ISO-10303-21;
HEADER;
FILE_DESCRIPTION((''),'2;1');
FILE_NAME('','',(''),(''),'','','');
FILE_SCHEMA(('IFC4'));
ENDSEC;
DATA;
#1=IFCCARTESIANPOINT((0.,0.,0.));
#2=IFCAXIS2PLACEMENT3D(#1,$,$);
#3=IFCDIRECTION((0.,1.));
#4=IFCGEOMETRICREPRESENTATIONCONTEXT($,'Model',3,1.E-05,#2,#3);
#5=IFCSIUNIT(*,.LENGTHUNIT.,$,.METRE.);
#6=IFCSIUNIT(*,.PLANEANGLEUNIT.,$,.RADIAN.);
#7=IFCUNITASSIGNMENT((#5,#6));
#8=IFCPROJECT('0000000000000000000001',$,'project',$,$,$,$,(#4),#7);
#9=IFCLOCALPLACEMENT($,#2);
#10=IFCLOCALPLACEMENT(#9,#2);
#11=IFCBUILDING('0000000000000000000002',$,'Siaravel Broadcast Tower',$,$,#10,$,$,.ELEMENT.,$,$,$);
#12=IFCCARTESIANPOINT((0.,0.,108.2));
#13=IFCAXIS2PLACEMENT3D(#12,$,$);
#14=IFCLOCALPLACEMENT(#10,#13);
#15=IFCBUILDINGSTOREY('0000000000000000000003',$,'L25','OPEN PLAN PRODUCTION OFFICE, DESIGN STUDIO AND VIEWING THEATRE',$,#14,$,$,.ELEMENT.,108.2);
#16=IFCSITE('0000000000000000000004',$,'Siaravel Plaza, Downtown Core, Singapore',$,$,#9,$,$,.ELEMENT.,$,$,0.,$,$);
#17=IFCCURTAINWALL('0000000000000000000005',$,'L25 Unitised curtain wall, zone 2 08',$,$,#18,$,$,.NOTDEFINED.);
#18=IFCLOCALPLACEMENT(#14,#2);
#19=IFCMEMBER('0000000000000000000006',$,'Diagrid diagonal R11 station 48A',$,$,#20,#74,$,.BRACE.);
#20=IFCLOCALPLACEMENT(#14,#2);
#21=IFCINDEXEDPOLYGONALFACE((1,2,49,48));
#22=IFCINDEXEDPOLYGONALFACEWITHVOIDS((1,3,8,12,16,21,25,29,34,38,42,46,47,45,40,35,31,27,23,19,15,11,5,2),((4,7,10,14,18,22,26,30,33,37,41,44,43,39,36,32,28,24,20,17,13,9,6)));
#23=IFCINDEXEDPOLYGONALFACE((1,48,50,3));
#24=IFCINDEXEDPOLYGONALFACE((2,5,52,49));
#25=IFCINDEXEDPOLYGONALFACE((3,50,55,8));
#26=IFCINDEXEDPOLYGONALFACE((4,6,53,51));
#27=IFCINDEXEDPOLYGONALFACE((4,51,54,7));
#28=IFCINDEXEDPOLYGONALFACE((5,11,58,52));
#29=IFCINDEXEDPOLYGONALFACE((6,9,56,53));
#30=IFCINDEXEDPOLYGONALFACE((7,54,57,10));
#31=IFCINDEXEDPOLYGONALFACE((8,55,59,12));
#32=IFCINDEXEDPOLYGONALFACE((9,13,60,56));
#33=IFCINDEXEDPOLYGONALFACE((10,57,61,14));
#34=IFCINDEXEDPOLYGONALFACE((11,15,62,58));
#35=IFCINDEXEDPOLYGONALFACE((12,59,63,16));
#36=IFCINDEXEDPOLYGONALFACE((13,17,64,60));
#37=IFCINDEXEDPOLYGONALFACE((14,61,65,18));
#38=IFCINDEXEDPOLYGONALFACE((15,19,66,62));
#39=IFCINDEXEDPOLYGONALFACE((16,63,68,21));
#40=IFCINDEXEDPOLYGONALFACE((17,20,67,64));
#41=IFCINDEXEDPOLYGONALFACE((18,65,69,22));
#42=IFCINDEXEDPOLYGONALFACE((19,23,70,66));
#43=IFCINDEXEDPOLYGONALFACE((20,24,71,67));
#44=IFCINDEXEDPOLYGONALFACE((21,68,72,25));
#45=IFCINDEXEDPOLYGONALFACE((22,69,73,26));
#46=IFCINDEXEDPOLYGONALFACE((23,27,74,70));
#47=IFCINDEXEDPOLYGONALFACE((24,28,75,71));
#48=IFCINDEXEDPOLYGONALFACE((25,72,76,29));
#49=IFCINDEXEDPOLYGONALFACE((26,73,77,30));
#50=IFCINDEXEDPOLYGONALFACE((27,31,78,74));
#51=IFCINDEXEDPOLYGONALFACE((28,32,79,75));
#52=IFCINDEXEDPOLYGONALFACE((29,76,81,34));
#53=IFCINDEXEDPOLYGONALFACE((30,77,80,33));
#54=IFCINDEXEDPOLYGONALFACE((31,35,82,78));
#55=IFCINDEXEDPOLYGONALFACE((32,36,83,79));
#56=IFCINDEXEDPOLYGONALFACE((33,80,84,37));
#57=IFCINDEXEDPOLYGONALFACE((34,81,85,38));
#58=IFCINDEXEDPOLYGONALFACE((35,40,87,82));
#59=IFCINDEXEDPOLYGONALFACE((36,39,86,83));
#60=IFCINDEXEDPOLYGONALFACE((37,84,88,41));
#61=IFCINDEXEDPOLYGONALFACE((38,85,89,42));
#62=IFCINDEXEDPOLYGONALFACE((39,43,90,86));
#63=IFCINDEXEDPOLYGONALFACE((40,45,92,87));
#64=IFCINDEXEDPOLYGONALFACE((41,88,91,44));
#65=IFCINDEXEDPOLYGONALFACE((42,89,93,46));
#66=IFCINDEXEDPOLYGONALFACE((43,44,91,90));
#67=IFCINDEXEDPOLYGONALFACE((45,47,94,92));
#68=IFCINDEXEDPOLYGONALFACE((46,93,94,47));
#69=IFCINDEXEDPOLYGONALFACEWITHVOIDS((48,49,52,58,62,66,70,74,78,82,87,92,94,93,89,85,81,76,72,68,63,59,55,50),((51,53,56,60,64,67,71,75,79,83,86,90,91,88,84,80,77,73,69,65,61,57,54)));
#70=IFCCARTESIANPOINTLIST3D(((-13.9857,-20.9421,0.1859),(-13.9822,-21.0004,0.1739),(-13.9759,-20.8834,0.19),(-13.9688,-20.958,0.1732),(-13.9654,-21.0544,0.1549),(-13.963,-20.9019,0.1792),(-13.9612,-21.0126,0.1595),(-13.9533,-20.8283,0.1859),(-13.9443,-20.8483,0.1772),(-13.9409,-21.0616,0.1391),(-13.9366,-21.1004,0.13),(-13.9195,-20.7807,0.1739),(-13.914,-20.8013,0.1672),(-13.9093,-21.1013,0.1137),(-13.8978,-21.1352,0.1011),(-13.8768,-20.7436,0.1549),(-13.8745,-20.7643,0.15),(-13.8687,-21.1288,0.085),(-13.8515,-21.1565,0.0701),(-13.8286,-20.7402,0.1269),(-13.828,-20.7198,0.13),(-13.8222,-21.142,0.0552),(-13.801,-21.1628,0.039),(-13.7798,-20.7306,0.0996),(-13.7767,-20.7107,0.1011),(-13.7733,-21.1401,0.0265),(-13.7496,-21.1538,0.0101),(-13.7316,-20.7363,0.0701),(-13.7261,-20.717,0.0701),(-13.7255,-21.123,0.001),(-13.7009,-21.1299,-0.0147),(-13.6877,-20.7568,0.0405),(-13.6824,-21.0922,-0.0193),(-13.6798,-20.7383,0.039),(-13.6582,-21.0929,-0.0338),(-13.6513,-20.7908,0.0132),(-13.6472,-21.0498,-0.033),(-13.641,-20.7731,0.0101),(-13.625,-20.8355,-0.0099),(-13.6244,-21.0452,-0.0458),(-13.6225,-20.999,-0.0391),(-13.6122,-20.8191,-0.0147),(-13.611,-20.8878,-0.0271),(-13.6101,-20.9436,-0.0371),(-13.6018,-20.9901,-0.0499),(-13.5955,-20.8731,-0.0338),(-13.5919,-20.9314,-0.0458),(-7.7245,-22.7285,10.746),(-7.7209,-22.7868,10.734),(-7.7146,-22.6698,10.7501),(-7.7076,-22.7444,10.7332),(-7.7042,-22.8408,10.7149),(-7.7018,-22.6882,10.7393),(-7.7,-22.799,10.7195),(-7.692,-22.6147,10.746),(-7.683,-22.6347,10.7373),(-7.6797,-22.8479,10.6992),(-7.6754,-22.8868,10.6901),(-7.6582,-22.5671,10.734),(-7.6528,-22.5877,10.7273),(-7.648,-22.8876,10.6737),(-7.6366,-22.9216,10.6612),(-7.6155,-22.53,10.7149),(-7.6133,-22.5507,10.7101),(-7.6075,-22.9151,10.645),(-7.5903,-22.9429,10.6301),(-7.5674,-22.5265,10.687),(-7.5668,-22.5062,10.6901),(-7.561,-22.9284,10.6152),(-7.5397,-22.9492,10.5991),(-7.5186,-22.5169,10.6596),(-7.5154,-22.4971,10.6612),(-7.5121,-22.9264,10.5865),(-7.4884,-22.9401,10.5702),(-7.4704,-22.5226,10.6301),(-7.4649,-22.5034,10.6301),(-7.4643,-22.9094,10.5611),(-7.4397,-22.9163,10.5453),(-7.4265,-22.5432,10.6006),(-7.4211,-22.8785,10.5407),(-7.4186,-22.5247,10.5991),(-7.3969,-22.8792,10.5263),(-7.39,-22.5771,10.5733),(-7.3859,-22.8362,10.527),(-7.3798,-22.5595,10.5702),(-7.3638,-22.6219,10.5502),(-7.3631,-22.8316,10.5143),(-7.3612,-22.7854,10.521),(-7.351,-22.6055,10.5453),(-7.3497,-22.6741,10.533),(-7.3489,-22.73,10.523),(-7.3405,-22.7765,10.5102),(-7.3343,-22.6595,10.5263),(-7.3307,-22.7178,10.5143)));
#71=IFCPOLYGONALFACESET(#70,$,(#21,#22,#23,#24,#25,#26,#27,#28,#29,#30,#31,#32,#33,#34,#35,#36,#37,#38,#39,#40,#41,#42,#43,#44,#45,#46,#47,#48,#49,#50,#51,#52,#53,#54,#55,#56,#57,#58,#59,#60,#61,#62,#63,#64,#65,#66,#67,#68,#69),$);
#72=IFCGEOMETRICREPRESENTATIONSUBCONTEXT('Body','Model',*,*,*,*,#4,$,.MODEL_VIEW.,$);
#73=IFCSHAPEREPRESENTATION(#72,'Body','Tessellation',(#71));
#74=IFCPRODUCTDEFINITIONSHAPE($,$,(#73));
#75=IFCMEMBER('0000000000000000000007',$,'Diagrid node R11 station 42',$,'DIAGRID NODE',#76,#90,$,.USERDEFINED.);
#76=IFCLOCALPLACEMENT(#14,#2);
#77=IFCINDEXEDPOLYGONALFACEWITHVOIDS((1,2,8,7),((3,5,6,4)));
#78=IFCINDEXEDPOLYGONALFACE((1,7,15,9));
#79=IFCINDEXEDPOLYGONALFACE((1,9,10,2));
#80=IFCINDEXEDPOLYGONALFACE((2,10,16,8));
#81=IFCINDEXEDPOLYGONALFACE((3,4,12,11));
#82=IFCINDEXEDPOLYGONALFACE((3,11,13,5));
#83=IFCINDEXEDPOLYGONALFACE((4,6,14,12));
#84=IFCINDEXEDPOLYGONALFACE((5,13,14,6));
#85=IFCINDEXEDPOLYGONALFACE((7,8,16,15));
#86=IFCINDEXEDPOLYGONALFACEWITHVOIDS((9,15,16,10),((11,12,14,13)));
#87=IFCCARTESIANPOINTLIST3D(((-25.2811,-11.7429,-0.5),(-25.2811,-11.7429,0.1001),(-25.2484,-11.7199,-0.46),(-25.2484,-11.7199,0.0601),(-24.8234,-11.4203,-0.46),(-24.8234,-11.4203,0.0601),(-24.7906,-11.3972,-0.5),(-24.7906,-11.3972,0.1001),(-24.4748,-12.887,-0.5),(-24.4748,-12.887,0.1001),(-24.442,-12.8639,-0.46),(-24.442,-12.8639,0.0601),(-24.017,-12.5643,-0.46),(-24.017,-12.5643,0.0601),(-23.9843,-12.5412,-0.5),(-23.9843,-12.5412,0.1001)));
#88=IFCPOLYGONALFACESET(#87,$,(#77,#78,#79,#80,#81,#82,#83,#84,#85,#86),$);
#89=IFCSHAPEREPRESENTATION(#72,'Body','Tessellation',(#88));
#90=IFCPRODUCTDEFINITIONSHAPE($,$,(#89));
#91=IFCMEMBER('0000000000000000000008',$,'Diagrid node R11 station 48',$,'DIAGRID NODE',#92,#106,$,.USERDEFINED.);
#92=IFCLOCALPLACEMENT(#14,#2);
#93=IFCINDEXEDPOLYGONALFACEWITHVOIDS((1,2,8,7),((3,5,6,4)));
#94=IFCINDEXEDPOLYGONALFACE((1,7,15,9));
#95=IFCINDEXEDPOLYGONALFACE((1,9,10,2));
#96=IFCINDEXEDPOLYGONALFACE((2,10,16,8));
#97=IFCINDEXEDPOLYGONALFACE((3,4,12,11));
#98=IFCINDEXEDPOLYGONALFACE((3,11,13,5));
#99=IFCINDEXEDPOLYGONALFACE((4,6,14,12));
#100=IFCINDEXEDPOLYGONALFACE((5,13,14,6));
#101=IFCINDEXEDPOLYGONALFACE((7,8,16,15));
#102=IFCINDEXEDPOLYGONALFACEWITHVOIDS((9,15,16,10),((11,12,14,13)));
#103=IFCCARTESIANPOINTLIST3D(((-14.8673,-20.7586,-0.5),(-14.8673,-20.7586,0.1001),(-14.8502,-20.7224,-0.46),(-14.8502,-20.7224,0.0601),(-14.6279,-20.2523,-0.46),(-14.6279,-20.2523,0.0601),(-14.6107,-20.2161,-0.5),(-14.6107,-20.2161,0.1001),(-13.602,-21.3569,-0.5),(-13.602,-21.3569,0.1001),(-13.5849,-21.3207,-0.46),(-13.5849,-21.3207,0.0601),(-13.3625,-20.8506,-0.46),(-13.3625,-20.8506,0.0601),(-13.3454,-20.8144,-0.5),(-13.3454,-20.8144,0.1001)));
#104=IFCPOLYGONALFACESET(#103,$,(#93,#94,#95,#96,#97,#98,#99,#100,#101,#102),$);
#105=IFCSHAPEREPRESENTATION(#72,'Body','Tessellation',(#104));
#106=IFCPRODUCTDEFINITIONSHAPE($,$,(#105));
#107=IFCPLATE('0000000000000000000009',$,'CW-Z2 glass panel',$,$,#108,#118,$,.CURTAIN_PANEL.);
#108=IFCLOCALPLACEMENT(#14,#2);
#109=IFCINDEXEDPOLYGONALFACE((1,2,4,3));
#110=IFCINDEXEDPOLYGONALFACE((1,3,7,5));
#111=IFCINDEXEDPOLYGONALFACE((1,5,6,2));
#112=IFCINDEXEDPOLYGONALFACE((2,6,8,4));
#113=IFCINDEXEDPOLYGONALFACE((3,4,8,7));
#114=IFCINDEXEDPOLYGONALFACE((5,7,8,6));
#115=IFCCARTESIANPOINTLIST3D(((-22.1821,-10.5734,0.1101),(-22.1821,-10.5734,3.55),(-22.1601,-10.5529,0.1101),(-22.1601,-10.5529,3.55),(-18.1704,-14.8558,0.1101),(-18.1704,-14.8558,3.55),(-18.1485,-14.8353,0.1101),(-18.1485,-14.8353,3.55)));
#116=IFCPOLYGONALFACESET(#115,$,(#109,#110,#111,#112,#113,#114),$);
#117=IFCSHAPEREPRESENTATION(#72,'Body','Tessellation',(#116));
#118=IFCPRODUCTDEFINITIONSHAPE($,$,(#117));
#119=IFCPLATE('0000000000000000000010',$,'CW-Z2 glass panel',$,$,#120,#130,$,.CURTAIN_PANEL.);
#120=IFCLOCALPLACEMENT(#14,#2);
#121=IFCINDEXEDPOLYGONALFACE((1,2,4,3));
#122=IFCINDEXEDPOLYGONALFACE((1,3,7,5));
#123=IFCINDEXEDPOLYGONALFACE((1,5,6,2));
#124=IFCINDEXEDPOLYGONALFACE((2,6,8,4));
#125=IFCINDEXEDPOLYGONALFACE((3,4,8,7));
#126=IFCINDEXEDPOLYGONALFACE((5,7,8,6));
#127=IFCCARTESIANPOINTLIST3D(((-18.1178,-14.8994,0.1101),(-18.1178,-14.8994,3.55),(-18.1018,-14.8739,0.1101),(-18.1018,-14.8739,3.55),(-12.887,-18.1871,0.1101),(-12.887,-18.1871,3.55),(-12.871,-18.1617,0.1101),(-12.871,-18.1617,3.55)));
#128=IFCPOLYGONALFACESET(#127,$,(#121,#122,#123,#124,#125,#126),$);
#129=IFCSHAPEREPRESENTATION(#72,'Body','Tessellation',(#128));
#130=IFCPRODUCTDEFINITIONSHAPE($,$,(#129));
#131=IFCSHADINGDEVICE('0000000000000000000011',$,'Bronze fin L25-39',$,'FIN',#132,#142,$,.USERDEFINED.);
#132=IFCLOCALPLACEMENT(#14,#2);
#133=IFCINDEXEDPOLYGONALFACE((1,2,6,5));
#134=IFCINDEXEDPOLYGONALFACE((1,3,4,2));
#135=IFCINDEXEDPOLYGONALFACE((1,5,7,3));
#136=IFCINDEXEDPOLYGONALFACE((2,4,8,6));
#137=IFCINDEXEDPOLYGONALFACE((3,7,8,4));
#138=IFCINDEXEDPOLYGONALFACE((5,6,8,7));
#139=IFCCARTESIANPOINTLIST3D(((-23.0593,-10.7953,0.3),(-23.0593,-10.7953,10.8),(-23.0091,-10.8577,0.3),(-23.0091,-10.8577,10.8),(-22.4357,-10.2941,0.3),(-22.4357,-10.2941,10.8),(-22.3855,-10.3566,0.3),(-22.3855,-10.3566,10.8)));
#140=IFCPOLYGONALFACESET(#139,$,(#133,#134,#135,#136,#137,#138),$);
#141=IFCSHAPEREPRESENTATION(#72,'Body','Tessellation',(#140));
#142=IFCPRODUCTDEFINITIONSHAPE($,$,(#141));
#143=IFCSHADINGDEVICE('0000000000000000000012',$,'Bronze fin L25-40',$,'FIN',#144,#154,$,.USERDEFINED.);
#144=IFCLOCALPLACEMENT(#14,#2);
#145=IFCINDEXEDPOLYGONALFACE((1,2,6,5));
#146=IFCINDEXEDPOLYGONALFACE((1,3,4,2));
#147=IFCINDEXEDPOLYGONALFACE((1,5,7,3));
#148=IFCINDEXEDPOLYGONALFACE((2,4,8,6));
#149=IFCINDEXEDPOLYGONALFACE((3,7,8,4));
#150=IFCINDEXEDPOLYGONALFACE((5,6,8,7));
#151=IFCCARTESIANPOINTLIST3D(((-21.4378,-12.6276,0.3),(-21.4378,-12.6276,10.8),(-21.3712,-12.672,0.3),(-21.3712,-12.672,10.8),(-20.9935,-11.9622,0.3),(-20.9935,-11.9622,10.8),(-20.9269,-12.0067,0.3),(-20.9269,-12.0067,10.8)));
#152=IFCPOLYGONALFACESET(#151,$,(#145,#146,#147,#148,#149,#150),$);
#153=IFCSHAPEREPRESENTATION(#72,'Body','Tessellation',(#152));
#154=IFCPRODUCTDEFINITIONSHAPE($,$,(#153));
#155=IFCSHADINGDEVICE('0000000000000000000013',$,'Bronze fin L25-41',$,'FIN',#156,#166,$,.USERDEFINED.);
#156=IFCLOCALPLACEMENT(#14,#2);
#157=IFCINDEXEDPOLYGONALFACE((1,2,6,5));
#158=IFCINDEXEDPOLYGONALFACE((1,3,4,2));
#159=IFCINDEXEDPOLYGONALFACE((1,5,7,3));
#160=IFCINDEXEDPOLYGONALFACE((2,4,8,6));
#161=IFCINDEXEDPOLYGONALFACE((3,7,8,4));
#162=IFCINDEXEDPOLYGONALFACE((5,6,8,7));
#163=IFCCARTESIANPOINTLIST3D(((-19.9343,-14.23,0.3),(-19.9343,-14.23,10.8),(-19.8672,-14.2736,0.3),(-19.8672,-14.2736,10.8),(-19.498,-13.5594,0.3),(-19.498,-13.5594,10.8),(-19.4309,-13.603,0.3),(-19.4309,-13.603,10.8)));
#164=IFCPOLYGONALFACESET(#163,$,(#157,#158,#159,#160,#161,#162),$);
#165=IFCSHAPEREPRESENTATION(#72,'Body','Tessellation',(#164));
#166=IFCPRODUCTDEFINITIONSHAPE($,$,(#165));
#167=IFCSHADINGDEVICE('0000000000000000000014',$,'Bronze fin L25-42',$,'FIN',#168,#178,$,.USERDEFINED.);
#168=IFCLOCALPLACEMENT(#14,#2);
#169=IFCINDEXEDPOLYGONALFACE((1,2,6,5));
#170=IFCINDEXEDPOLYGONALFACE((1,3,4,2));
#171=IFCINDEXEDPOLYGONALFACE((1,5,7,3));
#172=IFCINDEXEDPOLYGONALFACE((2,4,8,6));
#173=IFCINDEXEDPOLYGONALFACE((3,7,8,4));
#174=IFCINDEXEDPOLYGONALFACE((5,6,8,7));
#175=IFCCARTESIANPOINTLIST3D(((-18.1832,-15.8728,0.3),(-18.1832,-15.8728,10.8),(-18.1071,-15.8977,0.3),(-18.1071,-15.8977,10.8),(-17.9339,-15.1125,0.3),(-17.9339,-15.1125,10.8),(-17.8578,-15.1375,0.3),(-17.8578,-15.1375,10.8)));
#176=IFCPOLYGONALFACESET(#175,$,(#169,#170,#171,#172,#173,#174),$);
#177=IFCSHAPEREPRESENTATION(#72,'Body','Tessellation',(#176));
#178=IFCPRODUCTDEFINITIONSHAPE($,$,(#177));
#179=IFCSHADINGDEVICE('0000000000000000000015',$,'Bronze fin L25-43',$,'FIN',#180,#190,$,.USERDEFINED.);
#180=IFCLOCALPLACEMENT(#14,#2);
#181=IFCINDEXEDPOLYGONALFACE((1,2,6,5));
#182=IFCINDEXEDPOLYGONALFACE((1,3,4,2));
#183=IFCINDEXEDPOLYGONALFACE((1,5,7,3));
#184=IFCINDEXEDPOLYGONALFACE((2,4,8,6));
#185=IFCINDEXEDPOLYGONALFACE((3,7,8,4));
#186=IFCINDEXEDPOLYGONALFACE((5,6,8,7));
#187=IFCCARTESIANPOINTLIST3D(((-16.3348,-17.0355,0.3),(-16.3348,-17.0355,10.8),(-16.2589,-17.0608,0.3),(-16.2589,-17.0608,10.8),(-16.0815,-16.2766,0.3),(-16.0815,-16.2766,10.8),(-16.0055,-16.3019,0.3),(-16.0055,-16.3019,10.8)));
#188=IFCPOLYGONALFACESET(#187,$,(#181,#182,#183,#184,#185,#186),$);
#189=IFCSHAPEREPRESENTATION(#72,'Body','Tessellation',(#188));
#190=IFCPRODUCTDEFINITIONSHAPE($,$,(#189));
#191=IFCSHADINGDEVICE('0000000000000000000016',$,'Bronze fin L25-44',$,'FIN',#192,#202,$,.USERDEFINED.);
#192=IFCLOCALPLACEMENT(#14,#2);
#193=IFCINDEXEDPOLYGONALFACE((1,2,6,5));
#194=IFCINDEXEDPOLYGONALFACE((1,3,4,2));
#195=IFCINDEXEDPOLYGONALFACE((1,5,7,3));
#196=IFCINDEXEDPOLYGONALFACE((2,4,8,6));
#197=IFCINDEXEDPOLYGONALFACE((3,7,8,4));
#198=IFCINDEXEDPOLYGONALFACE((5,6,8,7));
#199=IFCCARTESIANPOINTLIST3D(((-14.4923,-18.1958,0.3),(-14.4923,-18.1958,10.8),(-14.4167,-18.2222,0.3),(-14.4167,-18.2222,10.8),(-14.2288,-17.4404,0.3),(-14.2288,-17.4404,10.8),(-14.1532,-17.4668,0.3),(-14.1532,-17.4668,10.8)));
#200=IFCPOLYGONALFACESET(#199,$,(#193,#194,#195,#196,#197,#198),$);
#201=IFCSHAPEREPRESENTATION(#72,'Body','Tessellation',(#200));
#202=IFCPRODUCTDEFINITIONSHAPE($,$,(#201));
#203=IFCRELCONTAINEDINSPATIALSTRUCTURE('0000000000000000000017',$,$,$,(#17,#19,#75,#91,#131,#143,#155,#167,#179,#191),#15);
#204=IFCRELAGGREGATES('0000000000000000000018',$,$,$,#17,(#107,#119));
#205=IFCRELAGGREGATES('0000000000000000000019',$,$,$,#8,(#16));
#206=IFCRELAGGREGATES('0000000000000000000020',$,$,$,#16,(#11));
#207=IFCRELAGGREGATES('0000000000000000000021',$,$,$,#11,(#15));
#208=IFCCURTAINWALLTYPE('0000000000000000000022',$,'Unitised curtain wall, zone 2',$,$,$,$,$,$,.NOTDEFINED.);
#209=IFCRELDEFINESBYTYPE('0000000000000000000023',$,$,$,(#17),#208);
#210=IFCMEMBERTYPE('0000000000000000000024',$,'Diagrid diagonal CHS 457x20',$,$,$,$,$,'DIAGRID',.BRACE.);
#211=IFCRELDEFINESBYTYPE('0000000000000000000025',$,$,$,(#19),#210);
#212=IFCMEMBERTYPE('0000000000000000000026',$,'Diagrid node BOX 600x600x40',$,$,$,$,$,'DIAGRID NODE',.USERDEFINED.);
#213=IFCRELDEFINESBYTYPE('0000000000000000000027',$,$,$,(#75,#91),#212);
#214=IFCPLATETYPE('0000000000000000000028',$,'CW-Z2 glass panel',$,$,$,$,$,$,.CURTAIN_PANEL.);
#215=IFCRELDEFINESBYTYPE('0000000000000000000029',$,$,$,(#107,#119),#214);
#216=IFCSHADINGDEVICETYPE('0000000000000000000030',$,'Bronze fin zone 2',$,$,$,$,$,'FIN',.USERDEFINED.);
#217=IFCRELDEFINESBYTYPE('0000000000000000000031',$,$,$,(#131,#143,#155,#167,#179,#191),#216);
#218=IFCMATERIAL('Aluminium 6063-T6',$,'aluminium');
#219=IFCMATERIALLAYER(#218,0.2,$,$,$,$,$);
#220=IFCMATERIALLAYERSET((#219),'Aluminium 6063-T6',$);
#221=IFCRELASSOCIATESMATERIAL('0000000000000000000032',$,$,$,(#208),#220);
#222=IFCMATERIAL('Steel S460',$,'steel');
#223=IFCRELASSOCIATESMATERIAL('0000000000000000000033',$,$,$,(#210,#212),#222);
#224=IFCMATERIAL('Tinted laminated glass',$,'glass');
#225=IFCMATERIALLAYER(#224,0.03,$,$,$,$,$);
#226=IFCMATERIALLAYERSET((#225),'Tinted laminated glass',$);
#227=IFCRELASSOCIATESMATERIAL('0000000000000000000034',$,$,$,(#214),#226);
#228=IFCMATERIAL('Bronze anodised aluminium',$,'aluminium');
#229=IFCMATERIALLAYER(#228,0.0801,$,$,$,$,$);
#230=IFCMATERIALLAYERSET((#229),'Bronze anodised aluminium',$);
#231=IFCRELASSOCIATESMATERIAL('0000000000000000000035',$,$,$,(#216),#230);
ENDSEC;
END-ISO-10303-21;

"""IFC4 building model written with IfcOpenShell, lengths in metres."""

from ifc_helpers import new_model, si_unit, direction, frame, origin, origin_2d, place, context, subcontext, project, spatial, rectangle, hollow_rectangle, hollow_circle, extrude, material, layer, layer_set, material_profile, profile_set, type_object, element, aggregate, save


model = new_model("IFC4")

# Units and contexts
model_context = context("Model", 3, precision=1e-05, world=origin(), true_north=direction((0.0, 1.0)))
body_context = subcontext(model_context, "Body", "Model", "MODEL_VIEW")
ifc_project = project(units=[si_unit("LENGTHUNIT", "METRE"), si_unit("PLANEANGLEUNIT", "RADIAN")], contexts=[model_context])

# Site, building, storey
site_placement = place(None, origin())
site = spatial("IfcSite", under=ifc_project, at=site_placement, Name="Siaravel Plaza, Downtown Core, Singapore", CompositionType="ELEMENT", RefElevation=0.0)
building_placement = place(site_placement, origin())
building = spatial("IfcBuilding", under=site, at=building_placement, Name="Siaravel Broadcast Tower", CompositionType="ELEMENT")
storey_placement = place(building_placement, frame((0.0, 0.0, 108.2)))
storey = spatial("IfcBuildingStorey", under=building, at=storey_placement, Name="L25", Description="OPEN PLAN PRODUCTION OFFICE, DESIGN STUDIO AND VIEWING THEATRE", CompositionType="ELEMENT", Elevation=108.2)

# Curtain wall
ifc_material_1 = material(Name="Aluminium 6063-T6", Category="aluminium")
ifc_layer_1 = layer(ifc_material_1, 0.2)
ifc_layer_set_1 = layer_set([ifc_layer_1], Name="Aluminium 6063-T6")
curtain_wall_type = type_object("IfcCurtainWallType", Name="Unitised curtain wall, zone 2", PredefinedType="NOTDEFINED", material=ifc_layer_set_1)
curtain_wall_placement = place(storey_placement, origin())
curtain_wall = element("IfcCurtainWall", 1, at=curtain_wall_placement, inside=storey, type_object=curtain_wall_type, Name="L25 Unitised curtain wall, zone 2 08", PredefinedType="NOTDEFINED")

# Members
ifc_material_2 = material(Name="Steel S460", Category="steel")
ifc_material_profile_1 = material_profile(ifc_material_2, hollow_circle(Radius=0.2285, WallThickness=0.02, at=origin_2d()))
ifc_profile_set_1 = profile_set([ifc_material_profile_1], Name="Steel S460")
member_type_1 = type_object("IfcMemberType", Name="Diagrid diagonal CHS 457x20", ElementType="DIAGRID", PredefinedType="BRACE", material=ifc_profile_set_1)
member_1_placement = place(storey_placement, frame((-13.7888, -20.9368, 0.0701), z_axis=(0.504693, -0.143993, 0.851205), x_axis=(0.27436, 0.961627, 0.0)))
element("IfcMember", 2, at=member_1_placement, inside=storey, type_object=member_type_1, Name="Diagrid diagonal R11 station 48A", PredefinedType="BRACE", context=body_context, shape_type="SweptSolid", body=[
    extrude(hollow_circle(Radius=0.2285, WallThickness=0.02, at=origin_2d()), origin(), (0.0, 0.0, 1.0), 12.406),
])
ifc_material_profile_2 = material_profile(ifc_material_2, hollow_rectangle(XDim=0.6001, YDim=0.6001, WallThickness=0.04, at=origin_2d()))
ifc_profile_set_2 = profile_set([ifc_material_profile_2], Name="Steel S460")
member_type_2 = type_object("IfcMemberType", Name="Diagrid node BOX 600x600x40", ElementType="DIAGRID NODE", PredefinedType="USERDEFINED", material=ifc_profile_set_2)
for number, where, z_axis, x_axis, name in (
    (3, (-25.0359, -11.5701, -0.2), (0.576128, -0.817359, 0.0), (0.817359, 0.576128, 0.0), "Diagrid node R11 station 42"),
    (4, (-14.739, -20.4873, -0.2), (0.904015, -0.427501, 0.0), (0.427501, 0.904015, 0.0), "Diagrid node R11 station 48"),
):
    element("IfcMember", number, at=place(storey_placement, frame(where, z_axis=z_axis, x_axis=x_axis)), inside=storey, type_object=member_type_2, Name=name, ObjectType="DIAGRID NODE", PredefinedType="USERDEFINED", context=body_context, shape_type="SweptSolid", body=[
        extrude(hollow_rectangle(XDim=0.6001, YDim=0.6001, WallThickness=0.04, at=origin_2d()), origin(), (0.0, 0.0, 1.0), 1.3997),
    ])

# Plates
ifc_material_3 = material(Name="Tinted laminated glass", Category="glass")
ifc_layer_2 = layer(ifc_material_3, 0.03)
ifc_layer_set_2 = layer_set([ifc_layer_2], Name="Tinted laminated glass")
plate_type = type_object("IfcPlateType", Name="CW-Z2 glass panel", PredefinedType="CURTAIN_PANEL", material=ifc_layer_set_2)
plate_1_placement = place(storey_placement, frame((-20.1653, -12.7043, 0.1101), z_axis=(0.0, 0.0, 1.0), x_axis=(0.683655, -0.729805, 0.0)))
plate_1 = element("IfcPlate", 5, at=plate_1_placement, type_object=plate_type, Name="CW-Z2 glass panel", PredefinedType="CURTAIN_PANEL", context=body_context, shape_type="SweptSolid", body=[
    extrude(rectangle(XDim=5.8679, YDim=0.03, at=origin_2d()), origin(), (0.0, 0.0, 1.0), 3.4399),
])
plate_2_placement = place(storey_placement, frame((-15.4944, -16.5305, 0.1101), z_axis=(0.0, 0.0, 1.0), x_axis=(0.846651, -0.532149, 0.0)))
plate_2 = element("IfcPlate", 6, at=plate_2_placement, type_object=plate_type, Name="CW-Z2 glass panel", PredefinedType="CURTAIN_PANEL", context=body_context, shape_type="SweptSolid", body=[
    extrude(rectangle(XDim=6.1782, YDim=0.03, at=origin_2d()), origin(), (0.0, 0.0, 1.0), 3.4399),
])
aggregate(curtain_wall, [plate_1, plate_2])

# Shading devices
ifc_material_4 = material(Name="Bronze anodised aluminium", Category="aluminium")
ifc_layer_3 = layer(ifc_material_4, 0.0801)
ifc_layer_set_3 = layer_set([ifc_layer_3], Name="Bronze anodised aluminium")
shading_device_type = type_object("IfcShadingDeviceType", Name="Bronze fin zone 2", ElementType="FIN", PredefinedType="USERDEFINED", material=ifc_layer_set_3)
for number, where, z_axis, x_axis, name in (
    (7, (-22.7224, -10.5759, 0.3), (0.0, 0.0, 1.0), (-0.779482, -0.626424, 0.0), "Bronze fin L25-39"),
    (8, (-21.1824, -12.3171, 0.3), (0.0, 0.0, 1.0), (-0.555386, -0.831593, 0.0), "Bronze fin L25-40"),
    (9, (-19.6826, -13.9165, 0.3), (0.0, 0.0, 1.0), (-0.545381, -0.838188, 0.0), "Bronze fin L25-41"),
    (10, (-18.0205, -15.5051, 0.3), (0.0, 0.0, 1.0), (-0.311617, -0.950208, 0.0), "Bronze fin L25-42"),
    (11, (-16.1702, -16.6687, 0.3), (0.0, 0.0, 1.0), (-0.316687, -0.94853, 0.0), "Bronze fin L25-43"),
    (12, (-14.3228, -17.8313, 0.3), (0.0, 0.0, 1.0), (-0.329325, -0.944217, 0.0), "Bronze fin L25-44"),
):
    element("IfcShadingDevice", number, at=place(storey_placement, frame(where, z_axis=z_axis, x_axis=x_axis)), inside=storey, type_object=shading_device_type, Name=name, ObjectType="FIN", PredefinedType="USERDEFINED", context=body_context, shape_type="SweptSolid", body=[
        extrude(rectangle(XDim=0.8, YDim=0.0801, at=origin_2d()), origin(), (0.0, 0.0, 1.0), 10.5),
    ])

save(model, "model.ifc")
